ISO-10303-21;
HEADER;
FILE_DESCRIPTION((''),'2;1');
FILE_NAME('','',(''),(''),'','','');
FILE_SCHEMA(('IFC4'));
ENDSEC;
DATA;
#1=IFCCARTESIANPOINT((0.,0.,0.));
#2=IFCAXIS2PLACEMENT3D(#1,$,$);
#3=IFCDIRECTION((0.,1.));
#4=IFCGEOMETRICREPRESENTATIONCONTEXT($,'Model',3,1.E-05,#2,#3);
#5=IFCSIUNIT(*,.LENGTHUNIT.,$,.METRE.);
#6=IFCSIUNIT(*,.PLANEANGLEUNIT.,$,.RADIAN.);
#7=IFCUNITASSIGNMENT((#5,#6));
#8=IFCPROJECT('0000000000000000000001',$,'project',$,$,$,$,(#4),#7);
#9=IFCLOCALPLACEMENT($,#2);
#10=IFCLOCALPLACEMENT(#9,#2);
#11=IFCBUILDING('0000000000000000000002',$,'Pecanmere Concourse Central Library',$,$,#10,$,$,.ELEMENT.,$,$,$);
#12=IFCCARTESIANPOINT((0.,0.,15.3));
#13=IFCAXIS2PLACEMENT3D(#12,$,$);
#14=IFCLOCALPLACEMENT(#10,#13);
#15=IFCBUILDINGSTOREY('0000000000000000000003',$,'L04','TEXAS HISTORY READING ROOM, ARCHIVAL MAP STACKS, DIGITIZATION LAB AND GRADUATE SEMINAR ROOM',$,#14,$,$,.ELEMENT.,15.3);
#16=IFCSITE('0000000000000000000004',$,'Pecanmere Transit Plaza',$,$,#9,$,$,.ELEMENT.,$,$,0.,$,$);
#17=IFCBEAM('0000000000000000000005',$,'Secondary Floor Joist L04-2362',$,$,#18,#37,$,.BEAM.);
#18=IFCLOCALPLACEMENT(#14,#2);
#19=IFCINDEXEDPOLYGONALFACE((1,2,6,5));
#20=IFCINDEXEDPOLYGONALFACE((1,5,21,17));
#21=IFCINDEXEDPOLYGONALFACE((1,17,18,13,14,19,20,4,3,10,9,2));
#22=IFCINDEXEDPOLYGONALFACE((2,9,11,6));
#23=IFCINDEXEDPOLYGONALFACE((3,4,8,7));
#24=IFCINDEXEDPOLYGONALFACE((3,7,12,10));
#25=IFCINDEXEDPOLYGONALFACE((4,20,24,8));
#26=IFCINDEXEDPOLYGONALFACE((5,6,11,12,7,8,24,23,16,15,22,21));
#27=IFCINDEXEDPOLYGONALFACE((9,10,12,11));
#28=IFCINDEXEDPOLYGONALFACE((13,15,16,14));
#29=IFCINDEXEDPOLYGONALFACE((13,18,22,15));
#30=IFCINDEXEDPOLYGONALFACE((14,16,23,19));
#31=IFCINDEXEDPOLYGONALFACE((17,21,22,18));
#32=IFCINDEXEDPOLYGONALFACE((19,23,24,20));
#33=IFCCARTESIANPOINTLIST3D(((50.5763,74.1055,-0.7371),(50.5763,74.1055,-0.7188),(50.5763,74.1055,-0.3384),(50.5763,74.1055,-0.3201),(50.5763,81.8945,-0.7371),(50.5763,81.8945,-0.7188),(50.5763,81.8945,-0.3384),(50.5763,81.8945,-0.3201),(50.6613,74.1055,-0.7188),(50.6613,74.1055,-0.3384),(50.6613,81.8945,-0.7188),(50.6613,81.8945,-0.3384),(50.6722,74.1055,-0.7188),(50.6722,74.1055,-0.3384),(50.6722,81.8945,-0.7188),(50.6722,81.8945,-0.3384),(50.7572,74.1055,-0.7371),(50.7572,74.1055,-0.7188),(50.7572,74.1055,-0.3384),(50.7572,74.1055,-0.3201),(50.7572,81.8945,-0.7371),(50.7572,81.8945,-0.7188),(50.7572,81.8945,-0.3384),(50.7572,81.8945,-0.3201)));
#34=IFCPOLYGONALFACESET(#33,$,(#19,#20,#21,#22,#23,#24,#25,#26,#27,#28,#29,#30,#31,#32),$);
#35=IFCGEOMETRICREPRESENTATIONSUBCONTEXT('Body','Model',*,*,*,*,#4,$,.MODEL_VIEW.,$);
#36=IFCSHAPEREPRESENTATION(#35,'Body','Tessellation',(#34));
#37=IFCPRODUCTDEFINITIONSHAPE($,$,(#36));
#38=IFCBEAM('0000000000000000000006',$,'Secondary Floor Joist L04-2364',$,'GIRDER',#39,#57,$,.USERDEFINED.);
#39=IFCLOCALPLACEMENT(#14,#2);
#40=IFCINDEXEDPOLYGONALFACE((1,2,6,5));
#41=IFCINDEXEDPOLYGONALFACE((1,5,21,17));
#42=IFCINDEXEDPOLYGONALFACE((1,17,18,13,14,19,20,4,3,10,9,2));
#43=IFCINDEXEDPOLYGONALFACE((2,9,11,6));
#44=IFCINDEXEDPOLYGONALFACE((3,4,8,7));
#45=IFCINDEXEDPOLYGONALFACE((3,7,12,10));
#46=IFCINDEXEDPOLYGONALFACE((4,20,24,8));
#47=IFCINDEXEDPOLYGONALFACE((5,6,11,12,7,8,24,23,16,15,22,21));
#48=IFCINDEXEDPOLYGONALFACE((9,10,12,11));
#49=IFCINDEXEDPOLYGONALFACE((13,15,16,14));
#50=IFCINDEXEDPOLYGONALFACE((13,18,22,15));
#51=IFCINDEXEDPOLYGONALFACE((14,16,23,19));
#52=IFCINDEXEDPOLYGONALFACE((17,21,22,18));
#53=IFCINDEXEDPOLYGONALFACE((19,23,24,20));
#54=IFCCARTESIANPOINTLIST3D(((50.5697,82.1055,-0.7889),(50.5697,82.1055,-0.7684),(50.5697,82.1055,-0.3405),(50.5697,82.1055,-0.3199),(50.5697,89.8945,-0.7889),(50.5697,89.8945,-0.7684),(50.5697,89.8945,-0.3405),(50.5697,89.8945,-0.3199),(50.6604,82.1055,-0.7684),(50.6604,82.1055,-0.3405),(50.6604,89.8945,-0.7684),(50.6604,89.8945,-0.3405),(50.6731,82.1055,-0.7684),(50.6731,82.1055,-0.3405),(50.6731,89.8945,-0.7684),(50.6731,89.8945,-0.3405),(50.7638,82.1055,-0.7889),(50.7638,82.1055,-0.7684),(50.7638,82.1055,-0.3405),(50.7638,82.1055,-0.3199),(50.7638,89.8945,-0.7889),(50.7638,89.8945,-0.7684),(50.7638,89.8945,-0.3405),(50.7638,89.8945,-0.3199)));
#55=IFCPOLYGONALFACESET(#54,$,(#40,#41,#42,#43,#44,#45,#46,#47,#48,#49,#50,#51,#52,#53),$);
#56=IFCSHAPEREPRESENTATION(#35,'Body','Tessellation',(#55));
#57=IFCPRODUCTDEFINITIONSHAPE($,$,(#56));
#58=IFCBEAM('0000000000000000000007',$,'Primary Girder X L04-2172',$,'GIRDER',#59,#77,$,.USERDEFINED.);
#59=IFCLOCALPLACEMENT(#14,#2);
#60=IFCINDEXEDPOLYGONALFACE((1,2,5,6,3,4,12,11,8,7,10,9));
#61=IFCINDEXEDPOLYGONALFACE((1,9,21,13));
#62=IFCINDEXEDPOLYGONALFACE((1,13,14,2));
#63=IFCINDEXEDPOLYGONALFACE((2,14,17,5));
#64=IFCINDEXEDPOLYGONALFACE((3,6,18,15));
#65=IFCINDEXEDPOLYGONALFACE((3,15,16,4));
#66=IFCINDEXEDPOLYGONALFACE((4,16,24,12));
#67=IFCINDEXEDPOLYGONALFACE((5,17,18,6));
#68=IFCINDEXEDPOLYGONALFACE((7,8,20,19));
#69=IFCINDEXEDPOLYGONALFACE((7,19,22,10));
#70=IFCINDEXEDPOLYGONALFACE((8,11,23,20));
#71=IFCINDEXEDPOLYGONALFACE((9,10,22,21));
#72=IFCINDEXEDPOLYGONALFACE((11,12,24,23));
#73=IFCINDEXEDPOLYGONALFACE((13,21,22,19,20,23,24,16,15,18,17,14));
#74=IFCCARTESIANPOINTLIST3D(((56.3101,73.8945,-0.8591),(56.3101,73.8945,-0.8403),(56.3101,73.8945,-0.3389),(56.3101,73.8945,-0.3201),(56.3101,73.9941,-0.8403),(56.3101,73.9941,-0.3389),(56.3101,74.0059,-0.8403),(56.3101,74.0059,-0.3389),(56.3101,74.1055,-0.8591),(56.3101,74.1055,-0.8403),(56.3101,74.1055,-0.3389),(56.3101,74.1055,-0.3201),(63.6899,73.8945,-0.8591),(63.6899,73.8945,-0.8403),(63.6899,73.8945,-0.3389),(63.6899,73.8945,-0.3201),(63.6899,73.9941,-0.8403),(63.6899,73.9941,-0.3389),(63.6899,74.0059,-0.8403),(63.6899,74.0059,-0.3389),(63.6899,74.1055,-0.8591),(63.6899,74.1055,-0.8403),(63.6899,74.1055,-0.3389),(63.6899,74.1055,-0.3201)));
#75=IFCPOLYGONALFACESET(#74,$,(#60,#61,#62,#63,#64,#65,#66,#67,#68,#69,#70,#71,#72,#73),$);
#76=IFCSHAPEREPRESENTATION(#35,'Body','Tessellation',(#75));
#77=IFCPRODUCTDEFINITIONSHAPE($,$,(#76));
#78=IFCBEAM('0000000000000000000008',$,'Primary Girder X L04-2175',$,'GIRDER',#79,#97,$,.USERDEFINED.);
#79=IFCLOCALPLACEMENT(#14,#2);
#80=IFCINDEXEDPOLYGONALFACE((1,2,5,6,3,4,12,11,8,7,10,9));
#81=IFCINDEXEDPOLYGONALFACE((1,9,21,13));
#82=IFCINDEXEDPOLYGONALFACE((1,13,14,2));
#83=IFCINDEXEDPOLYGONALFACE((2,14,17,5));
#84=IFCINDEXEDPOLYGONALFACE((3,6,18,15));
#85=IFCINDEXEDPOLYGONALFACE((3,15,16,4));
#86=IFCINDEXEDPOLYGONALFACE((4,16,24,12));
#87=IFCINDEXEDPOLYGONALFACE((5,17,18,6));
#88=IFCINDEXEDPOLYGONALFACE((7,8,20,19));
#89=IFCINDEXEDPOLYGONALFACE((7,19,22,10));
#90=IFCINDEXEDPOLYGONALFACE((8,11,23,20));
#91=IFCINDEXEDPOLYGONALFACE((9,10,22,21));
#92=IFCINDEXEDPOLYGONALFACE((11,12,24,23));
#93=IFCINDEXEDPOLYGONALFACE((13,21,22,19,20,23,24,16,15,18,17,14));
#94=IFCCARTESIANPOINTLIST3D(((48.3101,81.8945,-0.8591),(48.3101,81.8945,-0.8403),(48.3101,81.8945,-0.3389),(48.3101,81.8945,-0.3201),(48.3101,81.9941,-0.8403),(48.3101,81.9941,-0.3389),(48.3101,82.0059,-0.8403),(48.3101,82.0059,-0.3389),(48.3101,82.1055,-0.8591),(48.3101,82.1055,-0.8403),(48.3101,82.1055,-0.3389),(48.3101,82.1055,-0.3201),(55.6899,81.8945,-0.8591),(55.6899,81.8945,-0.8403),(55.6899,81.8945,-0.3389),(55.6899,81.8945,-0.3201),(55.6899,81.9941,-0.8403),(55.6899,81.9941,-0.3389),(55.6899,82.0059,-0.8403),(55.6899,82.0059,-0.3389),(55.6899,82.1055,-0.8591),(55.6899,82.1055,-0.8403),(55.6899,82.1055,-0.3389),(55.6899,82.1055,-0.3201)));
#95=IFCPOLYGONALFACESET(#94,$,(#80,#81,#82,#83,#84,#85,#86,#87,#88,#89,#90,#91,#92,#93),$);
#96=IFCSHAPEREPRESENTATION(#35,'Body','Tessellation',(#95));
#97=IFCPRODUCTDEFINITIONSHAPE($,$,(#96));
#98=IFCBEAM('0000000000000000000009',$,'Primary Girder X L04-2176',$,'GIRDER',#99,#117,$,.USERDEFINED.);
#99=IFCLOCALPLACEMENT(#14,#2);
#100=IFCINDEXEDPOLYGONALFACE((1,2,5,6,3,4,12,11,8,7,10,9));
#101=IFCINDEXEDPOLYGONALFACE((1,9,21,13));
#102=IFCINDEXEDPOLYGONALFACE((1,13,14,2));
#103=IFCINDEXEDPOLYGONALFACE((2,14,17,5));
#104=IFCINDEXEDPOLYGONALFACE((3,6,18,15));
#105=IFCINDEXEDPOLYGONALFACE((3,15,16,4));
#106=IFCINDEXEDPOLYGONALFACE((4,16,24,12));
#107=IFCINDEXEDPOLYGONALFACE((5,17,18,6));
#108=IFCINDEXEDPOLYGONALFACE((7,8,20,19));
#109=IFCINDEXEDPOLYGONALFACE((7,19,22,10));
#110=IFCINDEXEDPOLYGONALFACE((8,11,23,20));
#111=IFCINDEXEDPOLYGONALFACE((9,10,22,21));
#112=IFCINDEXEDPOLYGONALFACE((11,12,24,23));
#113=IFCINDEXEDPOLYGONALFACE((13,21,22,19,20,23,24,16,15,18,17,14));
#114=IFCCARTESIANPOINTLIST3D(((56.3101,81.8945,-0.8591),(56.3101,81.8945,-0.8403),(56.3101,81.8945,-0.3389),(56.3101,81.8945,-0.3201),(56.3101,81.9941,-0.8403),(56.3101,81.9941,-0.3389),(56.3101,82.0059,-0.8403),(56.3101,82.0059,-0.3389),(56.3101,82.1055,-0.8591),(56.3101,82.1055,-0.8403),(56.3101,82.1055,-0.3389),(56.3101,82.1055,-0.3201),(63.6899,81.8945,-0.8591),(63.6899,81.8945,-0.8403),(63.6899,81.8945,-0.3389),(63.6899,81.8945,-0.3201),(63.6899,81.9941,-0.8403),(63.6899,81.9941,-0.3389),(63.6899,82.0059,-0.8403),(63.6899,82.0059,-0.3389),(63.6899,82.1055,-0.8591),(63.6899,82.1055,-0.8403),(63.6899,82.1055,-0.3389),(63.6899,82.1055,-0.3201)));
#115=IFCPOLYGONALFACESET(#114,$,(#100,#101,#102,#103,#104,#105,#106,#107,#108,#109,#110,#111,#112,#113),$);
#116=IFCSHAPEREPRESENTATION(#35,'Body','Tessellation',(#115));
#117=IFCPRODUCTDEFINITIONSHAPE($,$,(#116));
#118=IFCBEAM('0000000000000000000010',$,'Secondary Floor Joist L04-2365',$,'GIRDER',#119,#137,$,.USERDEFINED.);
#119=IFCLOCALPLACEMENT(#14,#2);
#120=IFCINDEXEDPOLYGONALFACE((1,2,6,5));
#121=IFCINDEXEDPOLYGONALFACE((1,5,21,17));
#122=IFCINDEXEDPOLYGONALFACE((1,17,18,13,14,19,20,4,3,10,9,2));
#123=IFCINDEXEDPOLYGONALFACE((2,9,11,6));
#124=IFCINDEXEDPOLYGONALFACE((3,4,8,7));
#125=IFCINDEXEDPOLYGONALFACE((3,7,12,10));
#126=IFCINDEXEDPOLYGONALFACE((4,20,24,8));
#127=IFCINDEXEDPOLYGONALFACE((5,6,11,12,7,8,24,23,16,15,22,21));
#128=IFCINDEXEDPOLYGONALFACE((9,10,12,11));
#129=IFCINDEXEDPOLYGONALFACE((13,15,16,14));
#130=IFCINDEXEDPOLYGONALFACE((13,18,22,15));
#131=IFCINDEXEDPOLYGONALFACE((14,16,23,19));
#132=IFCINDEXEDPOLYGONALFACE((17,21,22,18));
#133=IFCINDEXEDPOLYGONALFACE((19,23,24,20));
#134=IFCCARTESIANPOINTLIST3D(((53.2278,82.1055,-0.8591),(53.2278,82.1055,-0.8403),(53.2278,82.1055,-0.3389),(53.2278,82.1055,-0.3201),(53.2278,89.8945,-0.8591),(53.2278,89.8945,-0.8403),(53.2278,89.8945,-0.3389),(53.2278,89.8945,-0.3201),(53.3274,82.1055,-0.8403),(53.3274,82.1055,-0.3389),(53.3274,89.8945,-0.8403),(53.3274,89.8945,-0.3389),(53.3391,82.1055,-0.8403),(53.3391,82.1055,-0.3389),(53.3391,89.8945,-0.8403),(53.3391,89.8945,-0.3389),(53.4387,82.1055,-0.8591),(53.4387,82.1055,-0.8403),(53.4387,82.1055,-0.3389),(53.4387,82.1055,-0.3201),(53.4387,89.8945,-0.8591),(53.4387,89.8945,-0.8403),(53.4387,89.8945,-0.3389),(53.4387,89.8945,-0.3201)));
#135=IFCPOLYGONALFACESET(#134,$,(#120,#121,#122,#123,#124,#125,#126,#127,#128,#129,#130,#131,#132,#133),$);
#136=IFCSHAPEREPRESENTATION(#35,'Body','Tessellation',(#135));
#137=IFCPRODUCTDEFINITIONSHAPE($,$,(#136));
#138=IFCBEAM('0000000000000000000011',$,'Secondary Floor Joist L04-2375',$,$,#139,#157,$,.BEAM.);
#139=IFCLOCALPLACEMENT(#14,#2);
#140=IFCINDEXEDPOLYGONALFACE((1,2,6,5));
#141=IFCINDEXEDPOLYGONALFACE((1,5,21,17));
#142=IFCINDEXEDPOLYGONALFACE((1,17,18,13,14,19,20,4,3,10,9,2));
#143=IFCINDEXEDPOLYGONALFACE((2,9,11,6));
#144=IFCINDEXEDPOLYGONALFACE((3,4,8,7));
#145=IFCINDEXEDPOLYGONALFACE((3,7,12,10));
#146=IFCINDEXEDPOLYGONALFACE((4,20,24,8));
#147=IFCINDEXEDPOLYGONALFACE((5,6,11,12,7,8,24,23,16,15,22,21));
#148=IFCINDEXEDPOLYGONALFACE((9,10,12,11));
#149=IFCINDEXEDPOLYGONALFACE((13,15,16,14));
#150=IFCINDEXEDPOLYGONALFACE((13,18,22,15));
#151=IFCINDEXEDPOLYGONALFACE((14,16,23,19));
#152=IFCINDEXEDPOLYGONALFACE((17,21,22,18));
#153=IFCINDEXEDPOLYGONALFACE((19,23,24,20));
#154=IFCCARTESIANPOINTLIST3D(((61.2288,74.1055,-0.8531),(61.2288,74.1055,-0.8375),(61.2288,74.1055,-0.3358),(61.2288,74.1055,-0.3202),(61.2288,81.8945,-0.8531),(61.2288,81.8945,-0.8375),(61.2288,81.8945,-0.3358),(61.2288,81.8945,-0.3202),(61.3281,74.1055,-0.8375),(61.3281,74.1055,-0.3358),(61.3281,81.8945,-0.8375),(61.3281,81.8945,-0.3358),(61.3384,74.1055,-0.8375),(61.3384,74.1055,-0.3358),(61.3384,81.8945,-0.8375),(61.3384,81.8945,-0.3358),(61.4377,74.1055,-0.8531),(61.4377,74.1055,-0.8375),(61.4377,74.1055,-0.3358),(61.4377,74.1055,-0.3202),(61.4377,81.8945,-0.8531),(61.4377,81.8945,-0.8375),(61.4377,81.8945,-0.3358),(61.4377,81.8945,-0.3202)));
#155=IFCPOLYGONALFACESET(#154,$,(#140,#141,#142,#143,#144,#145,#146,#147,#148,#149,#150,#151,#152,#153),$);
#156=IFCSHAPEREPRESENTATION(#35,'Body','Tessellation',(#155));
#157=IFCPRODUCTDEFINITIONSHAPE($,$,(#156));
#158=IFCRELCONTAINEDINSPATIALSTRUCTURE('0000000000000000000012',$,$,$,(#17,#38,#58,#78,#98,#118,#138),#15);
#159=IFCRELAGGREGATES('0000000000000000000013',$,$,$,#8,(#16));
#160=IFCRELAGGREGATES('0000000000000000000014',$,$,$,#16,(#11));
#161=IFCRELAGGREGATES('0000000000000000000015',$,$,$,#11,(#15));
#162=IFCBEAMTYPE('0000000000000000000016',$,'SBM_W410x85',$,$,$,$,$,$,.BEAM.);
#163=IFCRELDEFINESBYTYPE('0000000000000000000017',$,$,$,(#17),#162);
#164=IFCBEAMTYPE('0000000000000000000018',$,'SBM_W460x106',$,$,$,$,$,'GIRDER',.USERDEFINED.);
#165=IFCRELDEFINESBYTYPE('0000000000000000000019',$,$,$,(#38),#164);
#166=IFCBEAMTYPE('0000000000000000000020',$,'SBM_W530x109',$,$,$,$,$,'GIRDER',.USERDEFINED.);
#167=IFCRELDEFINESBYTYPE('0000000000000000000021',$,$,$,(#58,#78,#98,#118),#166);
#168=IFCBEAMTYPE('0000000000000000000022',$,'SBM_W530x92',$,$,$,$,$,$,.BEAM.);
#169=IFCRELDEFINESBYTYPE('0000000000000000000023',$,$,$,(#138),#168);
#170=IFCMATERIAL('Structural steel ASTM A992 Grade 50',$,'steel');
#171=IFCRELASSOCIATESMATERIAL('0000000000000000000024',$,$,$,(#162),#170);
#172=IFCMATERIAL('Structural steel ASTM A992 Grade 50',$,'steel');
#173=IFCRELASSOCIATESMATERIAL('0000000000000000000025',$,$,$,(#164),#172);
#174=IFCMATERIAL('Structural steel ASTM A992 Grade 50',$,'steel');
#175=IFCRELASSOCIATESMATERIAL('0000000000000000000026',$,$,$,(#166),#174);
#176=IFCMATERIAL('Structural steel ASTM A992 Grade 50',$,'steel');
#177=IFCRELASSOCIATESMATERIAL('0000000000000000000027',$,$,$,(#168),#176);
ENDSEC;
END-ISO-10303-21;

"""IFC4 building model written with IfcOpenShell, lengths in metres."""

from ifc_helpers import new_model, si_unit, direction, frame, origin, origin_2d, place, context, subcontext, project, spatial, i_section, extrude, material, material_profile, profile_set, type_object, element, save


model = new_model("IFC4")

# Units and contexts
model_context = context("Model", 3, precision=1e-05, world=origin(), true_north=direction((0.0, 1.0)))
body_context = subcontext(model_context, "Body", "Model", "MODEL_VIEW")
ifc_project = project(units=[si_unit("LENGTHUNIT", "METRE"), si_unit("PLANEANGLEUNIT", "RADIAN")], contexts=[model_context])

# Site, building, storey
site_placement = place(None, origin())
site = spatial("IfcSite", under=ifc_project, at=site_placement, Name="Pecanmere Transit Plaza", CompositionType="ELEMENT", RefElevation=0.0)
building_placement = place(site_placement, origin())
building = spatial("IfcBuilding", under=site, at=building_placement, Name="Pecanmere Concourse Central Library", CompositionType="ELEMENT")
storey_placement = place(building_placement, frame((0.0, 0.0, 15.3)))
storey = spatial("IfcBuildingStorey", under=building, at=storey_placement, Name="L04", Description="TEXAS HISTORY READING ROOM, ARCHIVAL MAP STACKS, DIGITIZATION LAB AND GRADUATE SEMINAR ROOM", CompositionType="ELEMENT", Elevation=15.3)

# Beams
ifc_material_1 = material(Name="Structural steel ASTM A992 Grade 50", Category="steel")
ifc_material_profile_1 = material_profile(ifc_material_1, i_section(OverallWidth=0.1809, OverallDepth=0.417, WebThickness=0.011, FlangeThickness=0.0183, at=origin_2d()), Name="W410x85")
ifc_profile_set_1 = profile_set([ifc_material_profile_1], Name="Structural steel ASTM A992 Grade 50")
beam_type_1 = type_object("IfcBeamType", Name="SBM_W410x85", PredefinedType="BEAM", material=ifc_profile_set_1)
beam_1_placement = place(storey_placement, frame((50.6667, 74.1055, -0.5286), z_axis=(0.0, 1.0, 0.0), x_axis=(-1.0, 0.0, 0.0)))
element("IfcBeam", 1, at=beam_1_placement, inside=storey, type_object=beam_type_1, Name="Secondary Floor Joist L04-2362", PredefinedType="BEAM", context=body_context, shape_type="SweptSolid", body=[
    extrude(i_section(OverallWidth=0.1809, OverallDepth=0.417, WebThickness=0.011, FlangeThickness=0.0183, at=origin_2d()), origin(), (0.0, 0.0, 1.0), 7.7891),
])
ifc_material_2 = material(Name="Structural steel ASTM A992 Grade 50", Category="steel")
ifc_material_profile_2 = material_profile(ifc_material_2, i_section(OverallWidth=0.1941, OverallDepth=0.469, WebThickness=0.0127, FlangeThickness=0.0205, at=origin_2d()), Name="W460x106")
ifc_profile_set_2 = profile_set([ifc_material_profile_2], Name="Structural steel ASTM A992 Grade 50")
beam_type_2 = type_object("IfcBeamType", Name="SBM_W460x106", ElementType="GIRDER", PredefinedType="USERDEFINED", material=ifc_profile_set_2)
beam_2_placement = place(storey_placement, frame((50.6667, 82.1055, -0.5544), z_axis=(0.0, 1.0, 0.0), x_axis=(-1.0, 0.0, 0.0)))
element("IfcBeam", 2, at=beam_2_placement, inside=storey, type_object=beam_type_2, Name="Secondary Floor Joist L04-2364", ObjectType="GIRDER", PredefinedType="USERDEFINED", context=body_context, shape_type="SweptSolid", body=[
    extrude(i_section(OverallWidth=0.1941, OverallDepth=0.469, WebThickness=0.0127, FlangeThickness=0.0205, at=origin_2d()), origin(), (0.0, 0.0, 1.0), 7.7891),
])
ifc_material_3 = material(Name="Structural steel ASTM A992 Grade 50", Category="steel")
ifc_material_profile_3 = material_profile(ifc_material_3, i_section(OverallWidth=0.2109, OverallDepth=0.5391, WebThickness=0.0117, FlangeThickness=0.0188, at=origin_2d()), Name="W530x109")
ifc_profile_set_3 = profile_set([ifc_material_profile_3], Name="Structural steel ASTM A992 Grade 50")
beam_type_3 = type_object("IfcBeamType", Name="SBM_W530x109", ElementType="GIRDER", PredefinedType="USERDEFINED", material=ifc_profile_set_3)
for number, where, z_axis, x_axis, name in (
    (3, (56.3101, 74.0, -0.5896), (1.0, 0.0, 0.0), (0.0, 1.0, 0.0), "Primary Girder X L04-2172"),
    (4, (48.3101, 82.0, -0.5896), (1.0, 0.0, 0.0), (0.0, 1.0, 0.0), "Primary Girder X L04-2175"),
    (5, (56.3101, 82.0, -0.5896), (1.0, 0.0, 0.0), (0.0, 1.0, 0.0), "Primary Girder X L04-2176"),
):
    element("IfcBeam", number, at=place(storey_placement, frame(where, z_axis=z_axis, x_axis=x_axis)), inside=storey, type_object=beam_type_3, Name=name, ObjectType="GIRDER", PredefinedType="USERDEFINED", context=body_context, shape_type="SweptSolid", body=[
        extrude(i_section(OverallWidth=0.2109, OverallDepth=0.5391, WebThickness=0.0117, FlangeThickness=0.0188, at=origin_2d()), origin(), (0.0, 0.0, 1.0), 7.3799),
    ])
beam_3_placement = place(storey_placement, frame((53.3333, 82.1055, -0.5896), z_axis=(0.0, 1.0, 0.0), x_axis=(-1.0, 0.0, 0.0)))
element("IfcBeam", 6, at=beam_3_placement, inside=storey, type_object=beam_type_3, Name="Secondary Floor Joist L04-2365", ObjectType="GIRDER", PredefinedType="USERDEFINED", context=body_context, shape_type="SweptSolid", body=[
    extrude(i_section(OverallWidth=0.2109, OverallDepth=0.5391, WebThickness=0.0117, FlangeThickness=0.0188, at=origin_2d()), origin(), (0.0, 0.0, 1.0), 7.7891),
])
ifc_material_4 = material(Name="Structural steel ASTM A992 Grade 50", Category="steel")
ifc_material_profile_4 = material_profile(ifc_material_4, i_section(OverallWidth=0.209, OverallDepth=0.533, WebThickness=0.0103, FlangeThickness=0.0156, at=origin_2d()), Name="W530x92")
ifc_profile_set_4 = profile_set([ifc_material_profile_4], Name="Structural steel ASTM A992 Grade 50")
beam_type_4 = type_object("IfcBeamType", Name="SBM_W530x92", PredefinedType="BEAM", material=ifc_profile_set_4)
beam_4_placement = place(storey_placement, frame((61.3333, 74.1055, -0.5867), z_axis=(0.0, 1.0, 0.0), x_axis=(-1.0, 0.0, 0.0)))
element("IfcBeam", 7, at=beam_4_placement, inside=storey, type_object=beam_type_4, Name="Secondary Floor Joist L04-2375", PredefinedType="BEAM", context=body_context, shape_type="SweptSolid", body=[
    extrude(i_section(OverallWidth=0.209, OverallDepth=0.533, WebThickness=0.0103, FlangeThickness=0.0156, at=origin_2d()), origin(), (0.0, 0.0, 1.0), 7.7891),
])

save(model, "model.ifc")
